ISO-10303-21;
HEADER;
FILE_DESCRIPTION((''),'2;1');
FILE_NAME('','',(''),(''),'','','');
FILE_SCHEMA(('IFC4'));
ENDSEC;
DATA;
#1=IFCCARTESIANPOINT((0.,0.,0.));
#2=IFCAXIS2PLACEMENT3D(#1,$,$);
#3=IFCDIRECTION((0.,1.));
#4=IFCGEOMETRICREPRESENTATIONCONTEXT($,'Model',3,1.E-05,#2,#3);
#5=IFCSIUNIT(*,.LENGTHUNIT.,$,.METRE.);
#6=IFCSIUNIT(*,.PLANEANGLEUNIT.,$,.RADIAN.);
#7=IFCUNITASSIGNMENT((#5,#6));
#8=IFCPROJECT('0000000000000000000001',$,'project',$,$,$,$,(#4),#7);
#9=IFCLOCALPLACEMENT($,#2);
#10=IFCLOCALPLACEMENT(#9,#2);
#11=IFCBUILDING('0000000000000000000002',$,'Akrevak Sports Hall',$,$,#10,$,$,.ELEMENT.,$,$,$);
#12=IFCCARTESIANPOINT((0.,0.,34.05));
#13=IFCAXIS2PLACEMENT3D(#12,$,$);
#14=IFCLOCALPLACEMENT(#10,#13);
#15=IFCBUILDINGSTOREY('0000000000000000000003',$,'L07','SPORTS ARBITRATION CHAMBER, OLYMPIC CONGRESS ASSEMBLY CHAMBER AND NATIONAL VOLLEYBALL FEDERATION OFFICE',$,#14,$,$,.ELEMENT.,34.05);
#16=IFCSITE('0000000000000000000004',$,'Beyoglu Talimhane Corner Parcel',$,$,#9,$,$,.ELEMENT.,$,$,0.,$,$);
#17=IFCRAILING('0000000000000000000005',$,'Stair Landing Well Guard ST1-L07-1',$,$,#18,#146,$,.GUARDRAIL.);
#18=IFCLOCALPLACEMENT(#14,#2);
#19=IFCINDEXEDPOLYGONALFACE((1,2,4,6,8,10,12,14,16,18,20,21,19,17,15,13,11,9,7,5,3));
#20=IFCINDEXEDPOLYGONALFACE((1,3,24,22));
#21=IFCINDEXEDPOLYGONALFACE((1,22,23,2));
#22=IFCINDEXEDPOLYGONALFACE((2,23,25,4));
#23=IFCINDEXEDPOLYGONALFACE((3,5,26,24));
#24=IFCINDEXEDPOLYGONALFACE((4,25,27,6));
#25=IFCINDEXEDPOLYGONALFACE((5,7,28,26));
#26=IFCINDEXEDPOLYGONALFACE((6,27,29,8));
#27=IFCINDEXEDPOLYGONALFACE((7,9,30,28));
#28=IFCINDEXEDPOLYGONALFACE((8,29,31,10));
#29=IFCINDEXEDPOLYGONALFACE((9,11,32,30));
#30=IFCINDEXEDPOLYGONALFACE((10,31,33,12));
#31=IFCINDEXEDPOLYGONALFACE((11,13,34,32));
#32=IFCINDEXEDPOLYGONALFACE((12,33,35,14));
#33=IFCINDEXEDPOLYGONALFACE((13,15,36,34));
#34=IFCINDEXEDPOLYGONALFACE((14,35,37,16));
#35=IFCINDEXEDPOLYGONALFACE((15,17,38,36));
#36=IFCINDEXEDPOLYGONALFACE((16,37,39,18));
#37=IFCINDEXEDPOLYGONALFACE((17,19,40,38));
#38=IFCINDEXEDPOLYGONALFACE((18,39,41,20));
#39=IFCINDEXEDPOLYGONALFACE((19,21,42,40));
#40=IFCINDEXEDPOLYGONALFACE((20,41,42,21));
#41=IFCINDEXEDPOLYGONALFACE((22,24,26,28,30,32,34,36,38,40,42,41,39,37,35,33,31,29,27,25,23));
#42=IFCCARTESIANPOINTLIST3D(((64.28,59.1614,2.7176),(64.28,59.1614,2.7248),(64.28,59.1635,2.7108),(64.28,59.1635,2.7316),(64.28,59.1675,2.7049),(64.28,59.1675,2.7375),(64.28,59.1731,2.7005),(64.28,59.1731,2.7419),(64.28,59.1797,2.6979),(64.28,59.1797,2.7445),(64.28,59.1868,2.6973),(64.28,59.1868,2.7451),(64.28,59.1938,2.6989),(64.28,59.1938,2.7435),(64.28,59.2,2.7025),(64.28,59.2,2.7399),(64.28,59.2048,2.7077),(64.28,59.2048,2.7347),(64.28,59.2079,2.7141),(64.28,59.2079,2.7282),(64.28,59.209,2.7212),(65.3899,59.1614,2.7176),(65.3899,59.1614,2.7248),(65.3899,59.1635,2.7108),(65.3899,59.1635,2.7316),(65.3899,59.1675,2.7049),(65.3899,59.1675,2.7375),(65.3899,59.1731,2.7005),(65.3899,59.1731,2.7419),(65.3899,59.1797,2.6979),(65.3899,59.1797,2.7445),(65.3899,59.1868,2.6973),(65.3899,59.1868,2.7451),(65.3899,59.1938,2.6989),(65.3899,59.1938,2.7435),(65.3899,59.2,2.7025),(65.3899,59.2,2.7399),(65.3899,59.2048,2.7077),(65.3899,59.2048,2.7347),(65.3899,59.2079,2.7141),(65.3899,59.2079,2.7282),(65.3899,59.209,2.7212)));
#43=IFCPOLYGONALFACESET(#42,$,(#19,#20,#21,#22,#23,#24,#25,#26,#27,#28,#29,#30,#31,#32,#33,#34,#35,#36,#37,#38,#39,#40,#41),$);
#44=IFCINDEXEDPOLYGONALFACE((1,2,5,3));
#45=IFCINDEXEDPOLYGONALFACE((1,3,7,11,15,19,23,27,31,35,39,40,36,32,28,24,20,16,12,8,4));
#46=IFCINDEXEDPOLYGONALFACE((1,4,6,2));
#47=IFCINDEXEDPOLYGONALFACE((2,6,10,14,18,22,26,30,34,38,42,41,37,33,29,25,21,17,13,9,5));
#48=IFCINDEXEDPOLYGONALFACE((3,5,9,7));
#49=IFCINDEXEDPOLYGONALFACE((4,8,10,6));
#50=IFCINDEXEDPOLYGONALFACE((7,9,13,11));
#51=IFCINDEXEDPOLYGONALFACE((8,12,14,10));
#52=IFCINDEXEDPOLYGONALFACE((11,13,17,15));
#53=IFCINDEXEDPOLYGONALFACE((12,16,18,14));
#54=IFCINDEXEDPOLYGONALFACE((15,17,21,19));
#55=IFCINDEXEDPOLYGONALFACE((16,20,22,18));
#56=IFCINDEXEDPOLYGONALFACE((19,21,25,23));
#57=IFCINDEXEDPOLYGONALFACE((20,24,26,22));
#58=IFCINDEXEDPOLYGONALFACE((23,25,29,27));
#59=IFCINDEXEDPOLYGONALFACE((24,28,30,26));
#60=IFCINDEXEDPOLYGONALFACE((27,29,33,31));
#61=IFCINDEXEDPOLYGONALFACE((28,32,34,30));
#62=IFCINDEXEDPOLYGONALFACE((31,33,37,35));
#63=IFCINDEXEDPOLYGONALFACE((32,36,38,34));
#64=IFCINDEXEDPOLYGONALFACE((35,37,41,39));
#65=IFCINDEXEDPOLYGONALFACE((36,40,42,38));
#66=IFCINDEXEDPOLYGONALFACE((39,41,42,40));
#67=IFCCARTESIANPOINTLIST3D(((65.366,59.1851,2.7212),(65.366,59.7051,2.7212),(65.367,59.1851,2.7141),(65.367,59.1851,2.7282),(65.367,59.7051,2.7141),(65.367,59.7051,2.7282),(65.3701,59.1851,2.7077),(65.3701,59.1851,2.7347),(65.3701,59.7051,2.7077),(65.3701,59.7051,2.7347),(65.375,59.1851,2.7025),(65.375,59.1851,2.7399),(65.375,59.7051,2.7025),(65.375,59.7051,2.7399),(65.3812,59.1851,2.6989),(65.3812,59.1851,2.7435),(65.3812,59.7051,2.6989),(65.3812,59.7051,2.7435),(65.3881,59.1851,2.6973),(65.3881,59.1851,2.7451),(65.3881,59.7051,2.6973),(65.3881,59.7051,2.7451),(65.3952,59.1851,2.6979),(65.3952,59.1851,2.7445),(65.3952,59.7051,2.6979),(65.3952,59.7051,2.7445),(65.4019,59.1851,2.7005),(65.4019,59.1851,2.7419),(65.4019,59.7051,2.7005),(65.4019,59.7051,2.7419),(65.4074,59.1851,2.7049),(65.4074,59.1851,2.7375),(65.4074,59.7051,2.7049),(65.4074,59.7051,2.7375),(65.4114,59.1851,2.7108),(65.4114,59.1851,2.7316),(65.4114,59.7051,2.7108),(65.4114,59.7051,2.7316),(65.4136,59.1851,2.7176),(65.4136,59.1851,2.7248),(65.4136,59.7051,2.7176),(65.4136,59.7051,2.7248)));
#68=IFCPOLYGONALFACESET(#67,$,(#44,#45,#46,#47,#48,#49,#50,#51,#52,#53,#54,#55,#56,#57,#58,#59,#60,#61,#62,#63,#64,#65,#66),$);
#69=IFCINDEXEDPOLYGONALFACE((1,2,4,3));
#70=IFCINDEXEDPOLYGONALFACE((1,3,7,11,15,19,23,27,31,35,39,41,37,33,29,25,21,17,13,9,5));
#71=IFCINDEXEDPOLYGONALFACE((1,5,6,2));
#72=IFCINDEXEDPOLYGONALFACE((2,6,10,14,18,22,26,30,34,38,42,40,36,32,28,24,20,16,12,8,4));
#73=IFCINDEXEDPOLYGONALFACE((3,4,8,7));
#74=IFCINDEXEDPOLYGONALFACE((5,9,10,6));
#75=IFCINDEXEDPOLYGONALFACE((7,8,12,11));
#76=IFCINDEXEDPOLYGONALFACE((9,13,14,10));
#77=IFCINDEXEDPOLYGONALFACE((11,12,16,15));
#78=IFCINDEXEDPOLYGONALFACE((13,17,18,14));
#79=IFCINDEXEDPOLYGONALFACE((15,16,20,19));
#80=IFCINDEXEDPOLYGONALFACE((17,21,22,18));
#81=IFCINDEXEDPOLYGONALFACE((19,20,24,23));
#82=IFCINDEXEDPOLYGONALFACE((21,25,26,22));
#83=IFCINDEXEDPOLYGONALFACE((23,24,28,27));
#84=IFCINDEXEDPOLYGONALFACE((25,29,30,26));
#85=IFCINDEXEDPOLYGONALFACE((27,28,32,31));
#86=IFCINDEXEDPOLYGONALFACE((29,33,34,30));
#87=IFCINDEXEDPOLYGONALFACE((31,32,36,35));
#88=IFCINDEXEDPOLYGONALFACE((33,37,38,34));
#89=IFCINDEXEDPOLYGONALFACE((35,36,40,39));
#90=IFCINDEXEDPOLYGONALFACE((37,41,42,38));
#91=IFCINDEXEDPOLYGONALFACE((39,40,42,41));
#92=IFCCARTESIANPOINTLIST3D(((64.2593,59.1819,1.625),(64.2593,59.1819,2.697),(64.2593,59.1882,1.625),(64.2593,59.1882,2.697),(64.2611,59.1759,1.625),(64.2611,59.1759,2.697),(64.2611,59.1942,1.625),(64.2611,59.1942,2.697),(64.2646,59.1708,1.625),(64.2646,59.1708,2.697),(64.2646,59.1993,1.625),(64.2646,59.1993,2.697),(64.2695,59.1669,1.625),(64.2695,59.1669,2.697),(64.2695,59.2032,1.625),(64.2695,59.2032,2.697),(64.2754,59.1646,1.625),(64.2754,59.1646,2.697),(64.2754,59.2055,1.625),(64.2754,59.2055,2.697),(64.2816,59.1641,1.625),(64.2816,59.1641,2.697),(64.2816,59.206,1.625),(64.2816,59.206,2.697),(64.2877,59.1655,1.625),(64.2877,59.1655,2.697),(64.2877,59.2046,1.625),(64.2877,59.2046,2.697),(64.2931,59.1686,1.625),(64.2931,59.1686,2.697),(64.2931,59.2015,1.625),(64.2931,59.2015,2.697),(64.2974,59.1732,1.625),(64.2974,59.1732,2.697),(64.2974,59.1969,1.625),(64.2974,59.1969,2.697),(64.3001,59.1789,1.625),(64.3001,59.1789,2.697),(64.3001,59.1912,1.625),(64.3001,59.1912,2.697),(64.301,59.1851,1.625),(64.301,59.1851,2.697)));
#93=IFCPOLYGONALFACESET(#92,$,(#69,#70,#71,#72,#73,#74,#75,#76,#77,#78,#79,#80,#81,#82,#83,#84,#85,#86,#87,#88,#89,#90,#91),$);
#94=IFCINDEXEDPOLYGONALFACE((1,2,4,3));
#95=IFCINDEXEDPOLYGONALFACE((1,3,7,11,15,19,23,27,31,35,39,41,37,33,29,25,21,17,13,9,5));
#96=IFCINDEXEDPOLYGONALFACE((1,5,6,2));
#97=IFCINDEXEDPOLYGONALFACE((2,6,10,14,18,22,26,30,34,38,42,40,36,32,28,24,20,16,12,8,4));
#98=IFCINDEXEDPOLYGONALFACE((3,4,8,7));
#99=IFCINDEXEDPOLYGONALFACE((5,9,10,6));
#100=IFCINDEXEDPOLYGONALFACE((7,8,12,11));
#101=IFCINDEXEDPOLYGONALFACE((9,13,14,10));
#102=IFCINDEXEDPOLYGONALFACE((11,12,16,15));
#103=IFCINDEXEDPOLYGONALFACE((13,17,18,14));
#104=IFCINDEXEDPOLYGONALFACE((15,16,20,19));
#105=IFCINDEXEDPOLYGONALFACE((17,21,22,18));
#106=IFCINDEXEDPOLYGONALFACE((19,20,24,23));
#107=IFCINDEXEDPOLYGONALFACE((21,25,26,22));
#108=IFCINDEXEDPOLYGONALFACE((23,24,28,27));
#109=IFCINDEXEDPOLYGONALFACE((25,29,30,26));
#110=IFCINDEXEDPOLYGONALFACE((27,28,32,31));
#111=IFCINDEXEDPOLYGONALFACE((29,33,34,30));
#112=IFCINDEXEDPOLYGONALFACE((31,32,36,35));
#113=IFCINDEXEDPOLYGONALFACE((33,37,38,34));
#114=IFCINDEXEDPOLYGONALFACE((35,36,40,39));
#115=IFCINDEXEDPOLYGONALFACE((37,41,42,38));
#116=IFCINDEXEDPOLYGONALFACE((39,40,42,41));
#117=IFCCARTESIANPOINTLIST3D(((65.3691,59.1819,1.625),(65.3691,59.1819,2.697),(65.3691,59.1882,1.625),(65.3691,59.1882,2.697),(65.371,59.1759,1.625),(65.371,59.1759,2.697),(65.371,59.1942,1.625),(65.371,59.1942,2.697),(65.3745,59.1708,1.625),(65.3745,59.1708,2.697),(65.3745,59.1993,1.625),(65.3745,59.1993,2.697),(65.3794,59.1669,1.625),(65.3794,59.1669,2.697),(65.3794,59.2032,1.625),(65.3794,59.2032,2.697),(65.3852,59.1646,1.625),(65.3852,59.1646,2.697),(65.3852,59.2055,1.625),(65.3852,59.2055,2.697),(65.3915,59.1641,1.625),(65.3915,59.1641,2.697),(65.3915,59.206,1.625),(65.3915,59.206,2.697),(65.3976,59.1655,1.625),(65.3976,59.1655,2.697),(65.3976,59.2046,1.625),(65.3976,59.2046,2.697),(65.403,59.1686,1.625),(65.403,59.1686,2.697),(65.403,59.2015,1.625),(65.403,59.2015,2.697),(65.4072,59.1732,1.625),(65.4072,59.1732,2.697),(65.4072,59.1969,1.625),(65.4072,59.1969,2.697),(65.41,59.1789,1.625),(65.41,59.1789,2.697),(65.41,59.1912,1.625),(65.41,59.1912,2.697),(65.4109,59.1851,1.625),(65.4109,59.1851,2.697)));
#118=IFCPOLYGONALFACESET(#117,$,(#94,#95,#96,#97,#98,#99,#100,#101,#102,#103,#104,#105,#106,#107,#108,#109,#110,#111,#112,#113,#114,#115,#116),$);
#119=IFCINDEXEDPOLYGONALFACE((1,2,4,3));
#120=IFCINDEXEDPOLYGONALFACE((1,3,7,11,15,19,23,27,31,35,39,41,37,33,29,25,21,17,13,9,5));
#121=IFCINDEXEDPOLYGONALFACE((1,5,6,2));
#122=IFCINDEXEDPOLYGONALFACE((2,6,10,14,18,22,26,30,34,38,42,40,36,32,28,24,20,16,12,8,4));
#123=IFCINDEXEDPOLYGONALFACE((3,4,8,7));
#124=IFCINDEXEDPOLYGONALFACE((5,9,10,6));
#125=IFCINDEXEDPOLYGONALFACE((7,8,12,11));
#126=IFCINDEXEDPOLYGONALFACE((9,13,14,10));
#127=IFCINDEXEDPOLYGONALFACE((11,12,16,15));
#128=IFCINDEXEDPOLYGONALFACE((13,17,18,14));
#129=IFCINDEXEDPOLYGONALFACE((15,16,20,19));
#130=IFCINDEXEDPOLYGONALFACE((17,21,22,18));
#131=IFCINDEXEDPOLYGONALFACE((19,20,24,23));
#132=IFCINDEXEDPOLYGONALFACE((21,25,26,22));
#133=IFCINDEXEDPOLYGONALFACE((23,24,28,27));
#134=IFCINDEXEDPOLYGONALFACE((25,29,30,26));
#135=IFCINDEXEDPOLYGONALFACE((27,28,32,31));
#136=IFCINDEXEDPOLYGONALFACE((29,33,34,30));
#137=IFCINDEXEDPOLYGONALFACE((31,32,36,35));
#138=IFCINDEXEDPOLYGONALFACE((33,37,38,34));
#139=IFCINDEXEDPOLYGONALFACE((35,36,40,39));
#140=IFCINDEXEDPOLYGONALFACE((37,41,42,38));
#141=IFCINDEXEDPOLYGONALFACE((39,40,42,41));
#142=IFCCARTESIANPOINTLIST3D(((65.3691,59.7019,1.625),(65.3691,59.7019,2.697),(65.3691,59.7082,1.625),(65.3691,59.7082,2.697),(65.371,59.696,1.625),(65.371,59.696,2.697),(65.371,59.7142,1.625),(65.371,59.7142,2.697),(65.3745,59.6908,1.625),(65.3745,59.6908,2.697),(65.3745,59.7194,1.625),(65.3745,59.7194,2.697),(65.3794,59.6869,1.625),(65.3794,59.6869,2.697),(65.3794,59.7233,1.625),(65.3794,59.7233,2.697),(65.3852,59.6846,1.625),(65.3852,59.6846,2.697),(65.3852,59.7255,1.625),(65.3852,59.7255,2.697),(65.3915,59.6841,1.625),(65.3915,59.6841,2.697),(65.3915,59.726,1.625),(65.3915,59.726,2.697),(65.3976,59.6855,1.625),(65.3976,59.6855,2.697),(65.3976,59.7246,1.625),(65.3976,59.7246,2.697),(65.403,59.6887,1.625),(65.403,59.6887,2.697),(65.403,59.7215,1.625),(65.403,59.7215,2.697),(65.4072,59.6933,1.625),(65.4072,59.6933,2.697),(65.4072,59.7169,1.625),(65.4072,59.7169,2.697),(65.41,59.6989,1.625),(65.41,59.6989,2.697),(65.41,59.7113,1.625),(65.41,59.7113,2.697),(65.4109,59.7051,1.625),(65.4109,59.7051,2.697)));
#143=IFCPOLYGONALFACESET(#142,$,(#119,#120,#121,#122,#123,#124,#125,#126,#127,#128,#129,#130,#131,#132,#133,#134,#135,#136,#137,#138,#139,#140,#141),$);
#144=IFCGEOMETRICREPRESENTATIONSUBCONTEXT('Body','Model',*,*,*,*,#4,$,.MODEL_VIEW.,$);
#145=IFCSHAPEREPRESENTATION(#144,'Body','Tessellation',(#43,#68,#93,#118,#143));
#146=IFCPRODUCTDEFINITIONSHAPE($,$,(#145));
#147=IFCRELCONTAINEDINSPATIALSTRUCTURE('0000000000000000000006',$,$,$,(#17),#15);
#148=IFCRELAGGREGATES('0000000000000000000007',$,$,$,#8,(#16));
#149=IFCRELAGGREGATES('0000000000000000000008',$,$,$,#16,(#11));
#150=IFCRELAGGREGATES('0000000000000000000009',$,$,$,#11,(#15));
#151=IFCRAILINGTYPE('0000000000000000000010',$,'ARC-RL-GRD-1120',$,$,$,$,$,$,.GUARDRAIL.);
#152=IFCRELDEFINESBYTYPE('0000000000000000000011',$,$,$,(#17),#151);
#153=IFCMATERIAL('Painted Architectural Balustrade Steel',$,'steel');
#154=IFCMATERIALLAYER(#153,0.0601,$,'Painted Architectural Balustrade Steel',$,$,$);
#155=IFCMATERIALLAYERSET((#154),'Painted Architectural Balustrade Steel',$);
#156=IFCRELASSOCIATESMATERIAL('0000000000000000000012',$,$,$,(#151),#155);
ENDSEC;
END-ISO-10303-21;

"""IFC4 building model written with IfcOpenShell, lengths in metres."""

from ifc_helpers import new_model, si_unit, direction, frame, origin, origin_2d, place, context, subcontext, project, spatial, circle, extrude, material, layer, layer_set, type_object, element, save


model = new_model("IFC4")

# Units and contexts
model_context = context("Model", 3, precision=1e-05, world=origin(), true_north=direction((0.0, 1.0)))
body_context = subcontext(model_context, "Body", "Model", "MODEL_VIEW")
ifc_project = project(units=[si_unit("LENGTHUNIT", "METRE"), si_unit("PLANEANGLEUNIT", "RADIAN")], contexts=[model_context])

# Site, building, storey
site_placement = place(None, origin())
site = spatial("IfcSite", under=ifc_project, at=site_placement, Name="Beyoglu Talimhane Corner Parcel", CompositionType="ELEMENT", RefElevation=0.0)
building_placement = place(site_placement, origin())
building = spatial("IfcBuilding", under=site, at=building_placement, Name="Akrevak Sports Hall", CompositionType="ELEMENT")
storey_placement = place(building_placement, frame((0.0, 0.0, 34.05)))
storey = spatial("IfcBuildingStorey", under=building, at=storey_placement, Name="L07", Description="SPORTS ARBITRATION CHAMBER, OLYMPIC CONGRESS ASSEMBLY CHAMBER AND NATIONAL VOLLEYBALL FEDERATION OFFICE", CompositionType="ELEMENT", Elevation=34.05)

# Railing
ifc_material_1 = material(Name="Painted Architectural Balustrade Steel", Category="steel")
ifc_layer_1 = layer(ifc_material_1, 0.0601, Name="Painted Architectural Balustrade Steel")
ifc_layer_set_1 = layer_set([ifc_layer_1], Name="Painted Architectural Balustrade Steel")
railing_type_1 = type_object("IfcRailingType", Name="ARC-RL-GRD-1120", PredefinedType="GUARDRAIL", material=ifc_layer_set_1)
railing_1_placement = place(storey_placement, frame((64.28, 59.1851, 1.625)))
element("IfcRailing", 1, at=railing_1_placement, inside=storey, type_object=railing_type_1, Name="Stair Landing Well Guard ST1-L07-1", PredefinedType="GUARDRAIL", context=body_context, shape_type="SweptSolid", body=[
    extrude(circle(Radius=0.0239, at=origin_2d()), frame((0.0, 0.0, 1.0962), z_axis=(1.0, 0.0, 0.0), x_axis=(0.0, 1.0, 0.0)), (0.0, 0.0, 1.0), 1.1099),
    extrude(circle(Radius=0.0239, at=origin_2d()), frame((1.1099, 0.0, 1.0962), z_axis=(0.0, 1.0, 0.0), x_axis=(-1.0, 0.0, 0.0)), (0.0, 0.0, 1.0), 0.52),
    extrude(circle(Radius=0.021, at=origin_2d()), origin(), (0.0, 0.0, 1.0), 1.072),
    extrude(circle(Radius=0.021, at=origin_2d()), frame((1.1099, 0.0, 0.0)), (0.0, 0.0, 1.0), 1.072),
    extrude(circle(Radius=0.021, at=origin_2d()), frame((1.1099, 0.52, 0.0)), (0.0, 0.0, 1.0), 1.072),
])

save(model, "model.ifc")
